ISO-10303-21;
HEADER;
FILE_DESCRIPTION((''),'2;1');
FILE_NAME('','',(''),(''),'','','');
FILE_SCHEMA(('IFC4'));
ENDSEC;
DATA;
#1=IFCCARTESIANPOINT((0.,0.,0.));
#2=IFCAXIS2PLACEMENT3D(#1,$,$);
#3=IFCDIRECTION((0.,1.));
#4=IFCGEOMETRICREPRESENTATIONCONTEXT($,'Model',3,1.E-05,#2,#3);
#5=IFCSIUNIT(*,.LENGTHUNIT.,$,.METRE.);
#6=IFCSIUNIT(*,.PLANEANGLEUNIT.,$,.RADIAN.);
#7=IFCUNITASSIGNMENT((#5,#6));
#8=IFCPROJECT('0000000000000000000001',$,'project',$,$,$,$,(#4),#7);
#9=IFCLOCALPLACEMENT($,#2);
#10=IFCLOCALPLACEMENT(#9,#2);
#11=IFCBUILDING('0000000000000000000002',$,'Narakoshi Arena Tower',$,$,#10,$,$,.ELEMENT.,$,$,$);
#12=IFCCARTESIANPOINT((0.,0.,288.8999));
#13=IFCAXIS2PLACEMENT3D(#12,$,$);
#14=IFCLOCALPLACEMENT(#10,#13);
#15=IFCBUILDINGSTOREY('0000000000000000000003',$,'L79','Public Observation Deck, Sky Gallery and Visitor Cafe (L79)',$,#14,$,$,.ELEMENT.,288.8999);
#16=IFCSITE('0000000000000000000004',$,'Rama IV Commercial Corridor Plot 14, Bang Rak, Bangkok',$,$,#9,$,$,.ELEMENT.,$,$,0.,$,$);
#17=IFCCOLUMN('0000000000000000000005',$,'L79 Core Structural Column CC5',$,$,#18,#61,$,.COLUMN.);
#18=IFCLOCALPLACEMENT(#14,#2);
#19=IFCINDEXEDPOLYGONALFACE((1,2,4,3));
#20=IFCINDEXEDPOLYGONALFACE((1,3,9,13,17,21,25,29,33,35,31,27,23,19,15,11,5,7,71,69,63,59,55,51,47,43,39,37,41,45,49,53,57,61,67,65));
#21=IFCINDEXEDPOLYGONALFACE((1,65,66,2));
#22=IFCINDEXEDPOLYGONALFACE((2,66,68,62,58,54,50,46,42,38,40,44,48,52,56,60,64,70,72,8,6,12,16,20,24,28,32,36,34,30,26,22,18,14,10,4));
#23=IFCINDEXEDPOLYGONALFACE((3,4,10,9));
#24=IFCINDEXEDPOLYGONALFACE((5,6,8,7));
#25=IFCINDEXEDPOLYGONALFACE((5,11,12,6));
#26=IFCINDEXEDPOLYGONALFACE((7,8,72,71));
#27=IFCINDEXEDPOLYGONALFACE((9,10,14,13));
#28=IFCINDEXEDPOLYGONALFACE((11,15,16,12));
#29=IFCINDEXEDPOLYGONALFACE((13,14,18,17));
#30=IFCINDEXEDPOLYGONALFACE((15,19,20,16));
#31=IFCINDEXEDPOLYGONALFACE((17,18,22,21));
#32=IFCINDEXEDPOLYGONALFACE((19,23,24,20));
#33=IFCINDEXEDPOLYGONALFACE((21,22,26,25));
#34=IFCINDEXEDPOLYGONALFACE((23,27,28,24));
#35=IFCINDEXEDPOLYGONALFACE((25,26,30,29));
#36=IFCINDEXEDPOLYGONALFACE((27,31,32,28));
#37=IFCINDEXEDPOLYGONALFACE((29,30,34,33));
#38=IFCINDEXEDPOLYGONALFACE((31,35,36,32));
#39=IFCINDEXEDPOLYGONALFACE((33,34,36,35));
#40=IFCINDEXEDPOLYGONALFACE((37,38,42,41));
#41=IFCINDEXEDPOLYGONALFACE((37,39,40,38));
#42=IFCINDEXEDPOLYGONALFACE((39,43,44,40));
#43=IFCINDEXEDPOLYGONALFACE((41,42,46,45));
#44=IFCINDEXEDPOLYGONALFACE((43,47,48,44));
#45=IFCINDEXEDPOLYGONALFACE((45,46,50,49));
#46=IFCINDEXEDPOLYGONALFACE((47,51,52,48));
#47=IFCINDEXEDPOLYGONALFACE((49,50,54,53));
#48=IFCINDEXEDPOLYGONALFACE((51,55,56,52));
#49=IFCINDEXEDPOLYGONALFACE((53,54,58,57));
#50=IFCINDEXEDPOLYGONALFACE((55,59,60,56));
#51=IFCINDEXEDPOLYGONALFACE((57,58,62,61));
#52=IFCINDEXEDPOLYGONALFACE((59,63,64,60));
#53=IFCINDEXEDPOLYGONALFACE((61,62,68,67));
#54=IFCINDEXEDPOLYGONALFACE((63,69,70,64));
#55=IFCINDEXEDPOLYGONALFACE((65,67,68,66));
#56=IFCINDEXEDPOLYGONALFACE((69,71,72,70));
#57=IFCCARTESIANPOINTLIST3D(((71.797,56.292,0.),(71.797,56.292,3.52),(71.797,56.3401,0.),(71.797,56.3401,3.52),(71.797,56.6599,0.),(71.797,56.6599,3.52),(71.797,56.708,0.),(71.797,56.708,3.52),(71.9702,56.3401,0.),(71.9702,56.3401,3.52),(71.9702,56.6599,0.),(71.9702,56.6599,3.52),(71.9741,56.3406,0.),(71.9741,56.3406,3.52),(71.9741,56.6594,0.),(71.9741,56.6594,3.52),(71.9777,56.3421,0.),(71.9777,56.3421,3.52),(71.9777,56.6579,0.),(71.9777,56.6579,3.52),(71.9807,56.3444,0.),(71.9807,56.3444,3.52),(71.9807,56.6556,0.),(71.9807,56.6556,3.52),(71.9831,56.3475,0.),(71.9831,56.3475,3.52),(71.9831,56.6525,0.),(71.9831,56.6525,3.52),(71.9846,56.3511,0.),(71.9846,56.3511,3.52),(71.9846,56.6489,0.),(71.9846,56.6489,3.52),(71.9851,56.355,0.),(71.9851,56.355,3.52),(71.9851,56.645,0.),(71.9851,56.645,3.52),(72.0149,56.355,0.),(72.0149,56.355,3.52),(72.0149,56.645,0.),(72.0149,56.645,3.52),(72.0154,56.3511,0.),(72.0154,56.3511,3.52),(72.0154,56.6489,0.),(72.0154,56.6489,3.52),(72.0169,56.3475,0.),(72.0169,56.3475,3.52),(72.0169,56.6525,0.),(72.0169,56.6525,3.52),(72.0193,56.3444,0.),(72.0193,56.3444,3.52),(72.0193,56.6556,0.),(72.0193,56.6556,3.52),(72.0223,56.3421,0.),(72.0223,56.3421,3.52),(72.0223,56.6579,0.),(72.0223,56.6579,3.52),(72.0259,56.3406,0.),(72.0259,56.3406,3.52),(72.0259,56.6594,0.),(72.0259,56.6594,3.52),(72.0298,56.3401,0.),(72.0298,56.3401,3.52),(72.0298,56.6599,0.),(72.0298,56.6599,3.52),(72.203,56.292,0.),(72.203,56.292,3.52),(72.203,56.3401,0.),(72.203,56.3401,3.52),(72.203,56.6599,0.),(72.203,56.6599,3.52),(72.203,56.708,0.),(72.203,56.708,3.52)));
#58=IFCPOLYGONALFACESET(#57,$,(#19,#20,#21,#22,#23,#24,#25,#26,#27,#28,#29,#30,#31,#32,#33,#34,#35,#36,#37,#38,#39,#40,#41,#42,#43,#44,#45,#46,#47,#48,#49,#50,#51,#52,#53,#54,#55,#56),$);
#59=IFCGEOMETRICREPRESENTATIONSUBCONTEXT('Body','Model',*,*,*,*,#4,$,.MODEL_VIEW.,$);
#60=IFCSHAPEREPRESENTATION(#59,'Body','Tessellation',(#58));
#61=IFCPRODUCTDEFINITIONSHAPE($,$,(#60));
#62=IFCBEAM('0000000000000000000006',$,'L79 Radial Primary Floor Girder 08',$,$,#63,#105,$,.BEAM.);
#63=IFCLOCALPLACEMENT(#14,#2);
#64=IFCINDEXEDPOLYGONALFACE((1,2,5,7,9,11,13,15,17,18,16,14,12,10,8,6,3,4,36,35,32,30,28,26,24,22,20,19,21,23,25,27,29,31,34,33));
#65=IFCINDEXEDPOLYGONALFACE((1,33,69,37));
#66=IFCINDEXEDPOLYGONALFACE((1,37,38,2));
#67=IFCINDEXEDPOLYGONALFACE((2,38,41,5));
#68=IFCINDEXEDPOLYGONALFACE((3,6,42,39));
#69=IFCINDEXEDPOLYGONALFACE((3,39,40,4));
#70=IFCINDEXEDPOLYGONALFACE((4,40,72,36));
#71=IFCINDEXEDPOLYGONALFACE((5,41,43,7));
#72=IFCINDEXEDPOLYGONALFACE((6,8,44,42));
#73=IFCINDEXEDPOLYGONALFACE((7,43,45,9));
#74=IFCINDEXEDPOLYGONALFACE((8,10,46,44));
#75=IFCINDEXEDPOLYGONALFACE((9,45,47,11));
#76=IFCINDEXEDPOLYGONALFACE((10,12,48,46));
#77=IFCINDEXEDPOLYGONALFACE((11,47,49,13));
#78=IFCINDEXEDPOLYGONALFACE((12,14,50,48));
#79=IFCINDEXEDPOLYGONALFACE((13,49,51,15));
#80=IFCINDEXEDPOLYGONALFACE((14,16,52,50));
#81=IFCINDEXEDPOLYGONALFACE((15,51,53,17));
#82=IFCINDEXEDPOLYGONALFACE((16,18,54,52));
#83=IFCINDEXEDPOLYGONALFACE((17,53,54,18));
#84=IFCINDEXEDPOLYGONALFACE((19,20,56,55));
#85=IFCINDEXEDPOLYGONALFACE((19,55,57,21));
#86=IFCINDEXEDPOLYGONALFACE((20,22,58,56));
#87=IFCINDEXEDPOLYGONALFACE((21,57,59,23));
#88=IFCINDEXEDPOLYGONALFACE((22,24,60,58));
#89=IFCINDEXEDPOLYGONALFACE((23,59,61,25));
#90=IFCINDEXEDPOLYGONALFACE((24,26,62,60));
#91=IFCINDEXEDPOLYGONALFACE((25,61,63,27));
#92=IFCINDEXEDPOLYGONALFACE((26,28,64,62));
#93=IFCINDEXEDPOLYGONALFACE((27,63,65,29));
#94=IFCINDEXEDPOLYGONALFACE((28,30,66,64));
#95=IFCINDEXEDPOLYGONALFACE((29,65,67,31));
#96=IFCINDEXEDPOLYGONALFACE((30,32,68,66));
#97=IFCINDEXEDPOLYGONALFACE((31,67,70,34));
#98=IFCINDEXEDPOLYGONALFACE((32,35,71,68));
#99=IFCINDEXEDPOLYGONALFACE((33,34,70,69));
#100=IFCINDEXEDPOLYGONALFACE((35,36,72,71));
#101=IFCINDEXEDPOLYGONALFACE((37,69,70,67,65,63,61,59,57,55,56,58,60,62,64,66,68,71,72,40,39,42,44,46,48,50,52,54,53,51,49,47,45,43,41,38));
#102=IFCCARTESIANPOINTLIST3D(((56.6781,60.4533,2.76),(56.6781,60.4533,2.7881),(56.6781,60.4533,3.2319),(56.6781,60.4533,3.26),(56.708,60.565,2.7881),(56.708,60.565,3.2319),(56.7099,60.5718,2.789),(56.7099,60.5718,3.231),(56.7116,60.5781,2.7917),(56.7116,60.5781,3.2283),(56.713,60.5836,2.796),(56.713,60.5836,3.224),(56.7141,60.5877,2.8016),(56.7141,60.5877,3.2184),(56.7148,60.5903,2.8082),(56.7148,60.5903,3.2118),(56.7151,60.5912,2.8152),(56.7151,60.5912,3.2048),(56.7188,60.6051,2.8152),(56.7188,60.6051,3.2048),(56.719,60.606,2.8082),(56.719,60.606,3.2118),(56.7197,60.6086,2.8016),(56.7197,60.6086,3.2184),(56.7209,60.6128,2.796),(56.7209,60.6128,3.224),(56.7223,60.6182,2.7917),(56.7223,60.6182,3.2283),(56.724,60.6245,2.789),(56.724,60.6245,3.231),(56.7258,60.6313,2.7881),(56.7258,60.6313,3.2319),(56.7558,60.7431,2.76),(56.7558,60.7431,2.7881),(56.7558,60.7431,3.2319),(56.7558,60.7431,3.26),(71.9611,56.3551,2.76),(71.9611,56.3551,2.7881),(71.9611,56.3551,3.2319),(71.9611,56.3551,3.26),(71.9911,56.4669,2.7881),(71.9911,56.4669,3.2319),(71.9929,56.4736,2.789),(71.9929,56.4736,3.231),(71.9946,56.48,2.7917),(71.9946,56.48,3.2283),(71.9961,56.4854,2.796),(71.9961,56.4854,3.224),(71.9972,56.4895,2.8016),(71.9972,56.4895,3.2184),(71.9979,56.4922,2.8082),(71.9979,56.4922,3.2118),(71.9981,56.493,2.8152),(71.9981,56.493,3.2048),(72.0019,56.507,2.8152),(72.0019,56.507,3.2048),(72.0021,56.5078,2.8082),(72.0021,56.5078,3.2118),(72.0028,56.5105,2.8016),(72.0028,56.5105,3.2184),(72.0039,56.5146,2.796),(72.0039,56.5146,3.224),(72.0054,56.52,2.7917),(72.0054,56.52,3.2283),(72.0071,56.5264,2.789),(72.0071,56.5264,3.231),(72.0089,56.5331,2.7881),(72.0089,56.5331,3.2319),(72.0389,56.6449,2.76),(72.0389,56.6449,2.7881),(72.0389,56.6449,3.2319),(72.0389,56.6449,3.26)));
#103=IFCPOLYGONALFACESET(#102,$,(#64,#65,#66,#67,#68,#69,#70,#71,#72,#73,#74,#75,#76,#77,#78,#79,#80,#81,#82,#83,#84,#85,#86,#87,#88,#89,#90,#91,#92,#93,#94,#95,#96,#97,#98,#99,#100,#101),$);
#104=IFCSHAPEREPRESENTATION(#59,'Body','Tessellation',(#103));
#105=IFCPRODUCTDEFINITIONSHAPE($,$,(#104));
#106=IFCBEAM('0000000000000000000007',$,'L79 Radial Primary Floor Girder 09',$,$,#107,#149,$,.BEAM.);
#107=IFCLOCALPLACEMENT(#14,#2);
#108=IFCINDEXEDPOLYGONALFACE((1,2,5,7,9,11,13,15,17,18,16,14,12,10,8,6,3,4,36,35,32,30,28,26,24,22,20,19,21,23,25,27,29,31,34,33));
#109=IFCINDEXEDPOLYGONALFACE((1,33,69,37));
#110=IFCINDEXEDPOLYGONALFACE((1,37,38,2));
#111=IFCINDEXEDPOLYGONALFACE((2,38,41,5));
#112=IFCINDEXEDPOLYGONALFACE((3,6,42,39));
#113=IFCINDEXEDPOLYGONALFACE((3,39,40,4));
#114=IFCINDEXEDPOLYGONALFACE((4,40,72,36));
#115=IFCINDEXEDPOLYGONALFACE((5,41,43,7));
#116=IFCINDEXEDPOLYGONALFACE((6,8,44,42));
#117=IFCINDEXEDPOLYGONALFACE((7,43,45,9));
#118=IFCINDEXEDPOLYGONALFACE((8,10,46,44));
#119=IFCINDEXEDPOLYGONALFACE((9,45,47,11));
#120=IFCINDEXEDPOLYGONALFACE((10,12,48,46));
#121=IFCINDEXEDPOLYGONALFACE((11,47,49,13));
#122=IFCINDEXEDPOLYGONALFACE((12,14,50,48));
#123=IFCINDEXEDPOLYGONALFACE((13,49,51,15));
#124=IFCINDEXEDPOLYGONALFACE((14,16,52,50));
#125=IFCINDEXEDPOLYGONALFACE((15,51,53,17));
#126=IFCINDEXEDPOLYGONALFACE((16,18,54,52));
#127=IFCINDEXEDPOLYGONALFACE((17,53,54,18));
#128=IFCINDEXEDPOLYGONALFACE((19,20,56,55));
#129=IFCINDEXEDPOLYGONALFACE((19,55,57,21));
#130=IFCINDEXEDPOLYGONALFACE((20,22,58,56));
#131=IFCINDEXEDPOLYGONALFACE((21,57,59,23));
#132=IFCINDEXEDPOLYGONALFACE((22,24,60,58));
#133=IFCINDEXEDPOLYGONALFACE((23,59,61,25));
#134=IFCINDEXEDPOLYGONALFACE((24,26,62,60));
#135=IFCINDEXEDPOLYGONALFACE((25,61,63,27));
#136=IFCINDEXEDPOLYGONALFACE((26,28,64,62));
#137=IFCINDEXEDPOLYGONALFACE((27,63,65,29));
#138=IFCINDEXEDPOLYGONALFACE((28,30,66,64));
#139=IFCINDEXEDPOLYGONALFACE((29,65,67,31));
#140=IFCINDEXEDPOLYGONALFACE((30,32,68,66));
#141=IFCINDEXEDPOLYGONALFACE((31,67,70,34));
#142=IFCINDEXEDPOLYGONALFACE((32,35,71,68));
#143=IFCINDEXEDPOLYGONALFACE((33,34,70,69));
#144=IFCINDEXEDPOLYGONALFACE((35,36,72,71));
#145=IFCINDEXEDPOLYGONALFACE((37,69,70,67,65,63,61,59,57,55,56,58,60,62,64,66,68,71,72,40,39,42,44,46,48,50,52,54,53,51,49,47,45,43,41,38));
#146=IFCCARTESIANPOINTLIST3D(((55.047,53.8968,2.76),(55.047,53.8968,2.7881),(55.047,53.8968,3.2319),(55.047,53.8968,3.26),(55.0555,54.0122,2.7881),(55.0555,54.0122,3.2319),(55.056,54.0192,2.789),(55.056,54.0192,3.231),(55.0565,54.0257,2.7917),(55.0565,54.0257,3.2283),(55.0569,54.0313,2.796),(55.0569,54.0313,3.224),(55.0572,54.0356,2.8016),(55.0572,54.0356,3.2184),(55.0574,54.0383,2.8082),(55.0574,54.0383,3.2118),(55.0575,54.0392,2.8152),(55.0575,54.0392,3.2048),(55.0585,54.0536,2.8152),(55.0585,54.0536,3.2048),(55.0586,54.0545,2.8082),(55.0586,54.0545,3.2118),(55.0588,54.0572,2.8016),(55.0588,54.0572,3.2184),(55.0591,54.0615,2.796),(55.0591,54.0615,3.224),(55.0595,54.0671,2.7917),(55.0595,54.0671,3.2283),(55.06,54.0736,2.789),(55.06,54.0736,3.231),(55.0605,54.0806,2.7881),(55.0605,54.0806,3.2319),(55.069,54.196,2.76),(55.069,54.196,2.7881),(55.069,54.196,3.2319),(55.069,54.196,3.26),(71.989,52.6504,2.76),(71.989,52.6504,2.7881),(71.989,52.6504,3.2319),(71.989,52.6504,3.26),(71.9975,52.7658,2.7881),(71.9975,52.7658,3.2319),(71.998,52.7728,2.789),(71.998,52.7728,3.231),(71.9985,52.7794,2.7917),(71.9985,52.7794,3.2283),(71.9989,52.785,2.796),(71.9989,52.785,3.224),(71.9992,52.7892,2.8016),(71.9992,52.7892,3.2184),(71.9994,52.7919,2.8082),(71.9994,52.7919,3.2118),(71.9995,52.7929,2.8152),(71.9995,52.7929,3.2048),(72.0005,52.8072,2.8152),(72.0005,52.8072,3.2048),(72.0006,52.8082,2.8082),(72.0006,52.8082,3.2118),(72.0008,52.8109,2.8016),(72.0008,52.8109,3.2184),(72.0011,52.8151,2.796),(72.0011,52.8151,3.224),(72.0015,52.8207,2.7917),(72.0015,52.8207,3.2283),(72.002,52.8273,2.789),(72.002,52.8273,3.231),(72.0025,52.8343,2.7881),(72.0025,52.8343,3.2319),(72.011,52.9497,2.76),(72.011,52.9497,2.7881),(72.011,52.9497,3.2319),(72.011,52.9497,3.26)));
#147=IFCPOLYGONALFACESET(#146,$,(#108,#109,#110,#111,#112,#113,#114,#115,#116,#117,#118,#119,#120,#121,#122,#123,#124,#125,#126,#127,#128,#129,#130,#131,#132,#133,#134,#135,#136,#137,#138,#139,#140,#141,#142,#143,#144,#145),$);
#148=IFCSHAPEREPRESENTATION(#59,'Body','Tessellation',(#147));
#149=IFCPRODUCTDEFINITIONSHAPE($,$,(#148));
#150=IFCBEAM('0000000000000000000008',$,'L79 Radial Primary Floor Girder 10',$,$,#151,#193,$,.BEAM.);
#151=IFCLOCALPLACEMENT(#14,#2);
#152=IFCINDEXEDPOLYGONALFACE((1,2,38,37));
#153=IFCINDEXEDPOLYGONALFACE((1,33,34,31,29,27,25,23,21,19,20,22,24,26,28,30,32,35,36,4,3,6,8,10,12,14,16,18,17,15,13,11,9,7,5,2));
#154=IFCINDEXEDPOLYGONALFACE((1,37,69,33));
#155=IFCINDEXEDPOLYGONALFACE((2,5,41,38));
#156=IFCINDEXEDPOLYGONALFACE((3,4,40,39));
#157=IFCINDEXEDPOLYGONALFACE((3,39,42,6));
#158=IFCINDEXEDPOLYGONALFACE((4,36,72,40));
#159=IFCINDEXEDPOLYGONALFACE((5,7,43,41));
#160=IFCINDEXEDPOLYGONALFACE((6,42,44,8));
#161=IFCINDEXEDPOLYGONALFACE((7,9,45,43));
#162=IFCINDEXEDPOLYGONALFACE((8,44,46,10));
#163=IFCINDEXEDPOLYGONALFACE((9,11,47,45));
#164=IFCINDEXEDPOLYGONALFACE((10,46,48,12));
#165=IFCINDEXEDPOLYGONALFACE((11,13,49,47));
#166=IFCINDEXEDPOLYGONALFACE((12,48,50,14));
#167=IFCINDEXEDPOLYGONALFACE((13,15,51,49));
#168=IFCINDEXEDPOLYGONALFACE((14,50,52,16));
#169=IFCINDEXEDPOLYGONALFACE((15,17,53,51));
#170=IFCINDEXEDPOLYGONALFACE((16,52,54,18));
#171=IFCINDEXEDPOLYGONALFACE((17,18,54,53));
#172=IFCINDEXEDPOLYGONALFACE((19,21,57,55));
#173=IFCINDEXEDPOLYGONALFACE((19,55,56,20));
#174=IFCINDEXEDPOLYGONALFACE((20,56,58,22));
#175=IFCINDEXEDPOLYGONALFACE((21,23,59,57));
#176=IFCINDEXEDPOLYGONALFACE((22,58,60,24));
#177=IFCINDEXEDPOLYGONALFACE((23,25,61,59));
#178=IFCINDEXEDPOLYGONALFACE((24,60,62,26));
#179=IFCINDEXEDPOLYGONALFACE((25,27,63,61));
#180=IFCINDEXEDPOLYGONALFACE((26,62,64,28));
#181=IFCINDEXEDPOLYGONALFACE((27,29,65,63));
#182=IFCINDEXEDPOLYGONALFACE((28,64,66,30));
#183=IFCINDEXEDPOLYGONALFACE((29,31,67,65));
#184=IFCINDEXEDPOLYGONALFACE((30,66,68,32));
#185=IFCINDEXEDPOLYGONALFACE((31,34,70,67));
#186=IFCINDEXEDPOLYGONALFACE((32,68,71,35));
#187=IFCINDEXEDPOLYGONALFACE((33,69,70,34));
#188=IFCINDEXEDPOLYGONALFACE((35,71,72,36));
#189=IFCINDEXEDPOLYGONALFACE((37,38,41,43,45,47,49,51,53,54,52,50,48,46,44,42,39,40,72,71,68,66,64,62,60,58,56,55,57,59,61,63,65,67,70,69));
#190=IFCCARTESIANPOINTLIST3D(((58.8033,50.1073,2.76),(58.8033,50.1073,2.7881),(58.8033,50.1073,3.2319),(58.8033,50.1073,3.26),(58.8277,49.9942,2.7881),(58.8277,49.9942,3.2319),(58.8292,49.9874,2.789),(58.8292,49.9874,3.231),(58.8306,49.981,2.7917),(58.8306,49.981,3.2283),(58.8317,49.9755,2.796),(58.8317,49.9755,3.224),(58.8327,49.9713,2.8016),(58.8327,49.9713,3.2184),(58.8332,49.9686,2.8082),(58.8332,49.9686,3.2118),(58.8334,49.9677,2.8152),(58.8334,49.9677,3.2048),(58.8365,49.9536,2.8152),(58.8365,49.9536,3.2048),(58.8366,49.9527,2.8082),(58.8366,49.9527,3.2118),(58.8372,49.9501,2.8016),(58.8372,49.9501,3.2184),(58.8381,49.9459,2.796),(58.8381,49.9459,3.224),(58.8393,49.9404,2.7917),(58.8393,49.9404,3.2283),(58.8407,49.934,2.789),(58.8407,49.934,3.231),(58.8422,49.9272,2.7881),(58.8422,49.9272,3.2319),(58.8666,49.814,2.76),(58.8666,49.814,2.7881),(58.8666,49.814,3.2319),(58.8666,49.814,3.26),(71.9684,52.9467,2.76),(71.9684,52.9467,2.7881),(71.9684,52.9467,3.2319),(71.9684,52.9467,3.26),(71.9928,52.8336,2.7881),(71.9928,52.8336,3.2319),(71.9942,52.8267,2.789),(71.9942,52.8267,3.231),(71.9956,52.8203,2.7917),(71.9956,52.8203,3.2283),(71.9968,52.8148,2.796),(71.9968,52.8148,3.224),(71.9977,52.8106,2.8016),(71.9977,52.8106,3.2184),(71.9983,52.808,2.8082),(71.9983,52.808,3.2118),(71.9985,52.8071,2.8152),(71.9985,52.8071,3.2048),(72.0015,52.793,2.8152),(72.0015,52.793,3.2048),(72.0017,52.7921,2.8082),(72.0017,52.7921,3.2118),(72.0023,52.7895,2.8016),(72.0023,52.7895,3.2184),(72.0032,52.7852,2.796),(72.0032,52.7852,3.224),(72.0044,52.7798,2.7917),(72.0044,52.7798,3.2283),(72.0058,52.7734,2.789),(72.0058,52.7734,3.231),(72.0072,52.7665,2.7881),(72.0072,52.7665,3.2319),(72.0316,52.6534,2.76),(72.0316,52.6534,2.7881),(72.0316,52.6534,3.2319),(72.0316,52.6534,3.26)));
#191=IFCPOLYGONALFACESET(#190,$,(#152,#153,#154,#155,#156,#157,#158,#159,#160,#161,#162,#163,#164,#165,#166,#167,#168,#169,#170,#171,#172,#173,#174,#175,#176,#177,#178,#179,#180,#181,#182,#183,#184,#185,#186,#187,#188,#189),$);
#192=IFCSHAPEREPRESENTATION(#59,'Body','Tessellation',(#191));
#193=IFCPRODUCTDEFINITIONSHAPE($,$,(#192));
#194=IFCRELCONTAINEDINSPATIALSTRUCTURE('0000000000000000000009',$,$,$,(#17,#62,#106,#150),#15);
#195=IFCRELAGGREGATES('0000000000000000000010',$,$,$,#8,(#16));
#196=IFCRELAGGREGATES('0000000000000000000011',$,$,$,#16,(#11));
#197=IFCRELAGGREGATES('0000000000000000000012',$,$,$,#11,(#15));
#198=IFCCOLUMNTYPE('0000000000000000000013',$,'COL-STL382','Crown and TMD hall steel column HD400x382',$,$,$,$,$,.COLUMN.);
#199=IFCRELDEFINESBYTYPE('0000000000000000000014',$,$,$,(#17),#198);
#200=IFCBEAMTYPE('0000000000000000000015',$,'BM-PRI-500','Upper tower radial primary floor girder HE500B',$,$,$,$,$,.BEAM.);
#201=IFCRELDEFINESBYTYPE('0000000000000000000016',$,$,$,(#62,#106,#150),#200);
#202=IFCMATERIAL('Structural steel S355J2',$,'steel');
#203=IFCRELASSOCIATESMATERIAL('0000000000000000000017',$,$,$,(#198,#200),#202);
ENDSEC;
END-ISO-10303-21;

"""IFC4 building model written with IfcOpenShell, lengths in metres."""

from ifc_helpers import new_model, si_unit, direction, frame, origin, origin_2d, place, context, subcontext, project, spatial, i_section, extrude, material, material_profile, profile_set, type_object, element, save


model = new_model("IFC4")

# Units and contexts
model_context = context("Model", 3, precision=1e-05, world=origin(), true_north=direction((0.0, 1.0)))
body_context = subcontext(model_context, "Body", "Model", "MODEL_VIEW")
ifc_project = project(units=[si_unit("LENGTHUNIT", "METRE"), si_unit("PLANEANGLEUNIT", "RADIAN")], contexts=[model_context])

# Site, building, storey
site_placement = place(None, origin())
site = spatial("IfcSite", under=ifc_project, at=site_placement, Name="Rama IV Commercial Corridor Plot 14, Bang Rak, Bangkok", CompositionType="ELEMENT", RefElevation=0.0)
building_placement = place(site_placement, origin())
building = spatial("IfcBuilding", under=site, at=building_placement, Name="Narakoshi Arena Tower", CompositionType="ELEMENT")
storey_placement = place(building_placement, frame((0.0, 0.0, 288.8999)))
storey = spatial("IfcBuildingStorey", under=building, at=storey_placement, Name="L79", Description="Public Observation Deck, Sky Gallery and Visitor Cafe (L79)", CompositionType="ELEMENT", Elevation=288.8999)

# Column
ifc_material_1 = material(Name="Structural steel S355J2", Category="steel")
ifc_material_profile_1 = material_profile(ifc_material_1, i_section(OverallWidth=0.406, OverallDepth=0.416, WebThickness=0.0298, FlangeThickness=0.0481, FilletRadius=0.0149, at=origin_2d()), Name="HD400x382")
ifc_profile_set_1 = profile_set([ifc_material_profile_1], Name="Structural steel S355J2")
column_type = type_object("IfcColumnType", Name="COL-STL382", Description="Crown and TMD hall steel column HD400x382", PredefinedType="COLUMN", material=ifc_profile_set_1)
column_placement = place(storey_placement, frame((72.0, 56.5, 0.0), z_axis=(0.0, 0.0, 1.0), x_axis=(1.0, 0.0, 0.0)))
element("IfcColumn", 1, at=column_placement, inside=storey, type_object=column_type, Name="L79 Core Structural Column CC5", PredefinedType="COLUMN", context=body_context, shape_type="SweptSolid", body=[
    extrude(i_section(OverallWidth=0.406, OverallDepth=0.416, WebThickness=0.0298, FlangeThickness=0.0481, FilletRadius=0.0149, at=origin_2d()), origin(), (0.0, 0.0, 1.0), 3.52),
])

# Beams
ifc_material_profile_2 = material_profile(ifc_material_1, i_section(OverallWidth=0.3, OverallDepth=0.5, WebThickness=0.0144, FlangeThickness=0.0281, FilletRadius=0.0271, at=origin_2d()), Name="HE500B")
ifc_profile_set_2 = profile_set([ifc_material_profile_2], Name="Structural steel S355J2")
beam_type = type_object("IfcBeamType", Name="BM-PRI-500", Description="Upper tower radial primary floor girder HE500B", PredefinedType="BEAM", material=ifc_profile_set_2)
beam_1_placement = place(storey_placement, frame((72.0, 56.5, 3.01), z_axis=(-0.965877, 0.259001, 0.0), x_axis=(-0.259001, -0.965877, 0.0)))
element("IfcBeam", 2, at=beam_1_placement, inside=storey, type_object=beam_type, Name="L79 Radial Primary Floor Girder 08", PredefinedType="BEAM", context=body_context, shape_type="SweptSolid", body=[
    extrude(i_section(OverallWidth=0.3, OverallDepth=0.5, WebThickness=0.0144, FlangeThickness=0.0281, FilletRadius=0.0271, at=origin_2d()), origin(), (0.0, 0.0, 1.0), 15.823),
])
beam_2_placement = place(storey_placement, frame((72.0, 52.8, 3.01), z_axis=(-0.997305, 0.073367, 0.0), x_axis=(-0.073367, -0.997305, 0.0)))
element("IfcBeam", 3, at=beam_2_placement, inside=storey, type_object=beam_type, Name="L79 Radial Primary Floor Girder 09", PredefinedType="BEAM", context=body_context, shape_type="SweptSolid", body=[
    extrude(i_section(OverallWidth=0.3, OverallDepth=0.5, WebThickness=0.0144, FlangeThickness=0.0281, FilletRadius=0.0271, at=origin_2d()), origin(), (0.0, 0.0, 1.0), 16.9878),
])
beam_3_placement = place(storey_placement, frame((72.0, 52.8, 3.01), z_axis=(-0.977524, -0.210826, 0.0), x_axis=(0.210826, -0.977524, 0.0)))
element("IfcBeam", 4, at=beam_3_placement, inside=storey, type_object=beam_type, Name="L79 Radial Primary Floor Girder 10", PredefinedType="BEAM", context=body_context, shape_type="SweptSolid", body=[
    extrude(i_section(OverallWidth=0.3, OverallDepth=0.5, WebThickness=0.0144, FlangeThickness=0.0281, FilletRadius=0.0271, at=origin_2d()), origin(), (0.0, 0.0, 1.0), 13.4678),
])

save(model, "model.ifc")
